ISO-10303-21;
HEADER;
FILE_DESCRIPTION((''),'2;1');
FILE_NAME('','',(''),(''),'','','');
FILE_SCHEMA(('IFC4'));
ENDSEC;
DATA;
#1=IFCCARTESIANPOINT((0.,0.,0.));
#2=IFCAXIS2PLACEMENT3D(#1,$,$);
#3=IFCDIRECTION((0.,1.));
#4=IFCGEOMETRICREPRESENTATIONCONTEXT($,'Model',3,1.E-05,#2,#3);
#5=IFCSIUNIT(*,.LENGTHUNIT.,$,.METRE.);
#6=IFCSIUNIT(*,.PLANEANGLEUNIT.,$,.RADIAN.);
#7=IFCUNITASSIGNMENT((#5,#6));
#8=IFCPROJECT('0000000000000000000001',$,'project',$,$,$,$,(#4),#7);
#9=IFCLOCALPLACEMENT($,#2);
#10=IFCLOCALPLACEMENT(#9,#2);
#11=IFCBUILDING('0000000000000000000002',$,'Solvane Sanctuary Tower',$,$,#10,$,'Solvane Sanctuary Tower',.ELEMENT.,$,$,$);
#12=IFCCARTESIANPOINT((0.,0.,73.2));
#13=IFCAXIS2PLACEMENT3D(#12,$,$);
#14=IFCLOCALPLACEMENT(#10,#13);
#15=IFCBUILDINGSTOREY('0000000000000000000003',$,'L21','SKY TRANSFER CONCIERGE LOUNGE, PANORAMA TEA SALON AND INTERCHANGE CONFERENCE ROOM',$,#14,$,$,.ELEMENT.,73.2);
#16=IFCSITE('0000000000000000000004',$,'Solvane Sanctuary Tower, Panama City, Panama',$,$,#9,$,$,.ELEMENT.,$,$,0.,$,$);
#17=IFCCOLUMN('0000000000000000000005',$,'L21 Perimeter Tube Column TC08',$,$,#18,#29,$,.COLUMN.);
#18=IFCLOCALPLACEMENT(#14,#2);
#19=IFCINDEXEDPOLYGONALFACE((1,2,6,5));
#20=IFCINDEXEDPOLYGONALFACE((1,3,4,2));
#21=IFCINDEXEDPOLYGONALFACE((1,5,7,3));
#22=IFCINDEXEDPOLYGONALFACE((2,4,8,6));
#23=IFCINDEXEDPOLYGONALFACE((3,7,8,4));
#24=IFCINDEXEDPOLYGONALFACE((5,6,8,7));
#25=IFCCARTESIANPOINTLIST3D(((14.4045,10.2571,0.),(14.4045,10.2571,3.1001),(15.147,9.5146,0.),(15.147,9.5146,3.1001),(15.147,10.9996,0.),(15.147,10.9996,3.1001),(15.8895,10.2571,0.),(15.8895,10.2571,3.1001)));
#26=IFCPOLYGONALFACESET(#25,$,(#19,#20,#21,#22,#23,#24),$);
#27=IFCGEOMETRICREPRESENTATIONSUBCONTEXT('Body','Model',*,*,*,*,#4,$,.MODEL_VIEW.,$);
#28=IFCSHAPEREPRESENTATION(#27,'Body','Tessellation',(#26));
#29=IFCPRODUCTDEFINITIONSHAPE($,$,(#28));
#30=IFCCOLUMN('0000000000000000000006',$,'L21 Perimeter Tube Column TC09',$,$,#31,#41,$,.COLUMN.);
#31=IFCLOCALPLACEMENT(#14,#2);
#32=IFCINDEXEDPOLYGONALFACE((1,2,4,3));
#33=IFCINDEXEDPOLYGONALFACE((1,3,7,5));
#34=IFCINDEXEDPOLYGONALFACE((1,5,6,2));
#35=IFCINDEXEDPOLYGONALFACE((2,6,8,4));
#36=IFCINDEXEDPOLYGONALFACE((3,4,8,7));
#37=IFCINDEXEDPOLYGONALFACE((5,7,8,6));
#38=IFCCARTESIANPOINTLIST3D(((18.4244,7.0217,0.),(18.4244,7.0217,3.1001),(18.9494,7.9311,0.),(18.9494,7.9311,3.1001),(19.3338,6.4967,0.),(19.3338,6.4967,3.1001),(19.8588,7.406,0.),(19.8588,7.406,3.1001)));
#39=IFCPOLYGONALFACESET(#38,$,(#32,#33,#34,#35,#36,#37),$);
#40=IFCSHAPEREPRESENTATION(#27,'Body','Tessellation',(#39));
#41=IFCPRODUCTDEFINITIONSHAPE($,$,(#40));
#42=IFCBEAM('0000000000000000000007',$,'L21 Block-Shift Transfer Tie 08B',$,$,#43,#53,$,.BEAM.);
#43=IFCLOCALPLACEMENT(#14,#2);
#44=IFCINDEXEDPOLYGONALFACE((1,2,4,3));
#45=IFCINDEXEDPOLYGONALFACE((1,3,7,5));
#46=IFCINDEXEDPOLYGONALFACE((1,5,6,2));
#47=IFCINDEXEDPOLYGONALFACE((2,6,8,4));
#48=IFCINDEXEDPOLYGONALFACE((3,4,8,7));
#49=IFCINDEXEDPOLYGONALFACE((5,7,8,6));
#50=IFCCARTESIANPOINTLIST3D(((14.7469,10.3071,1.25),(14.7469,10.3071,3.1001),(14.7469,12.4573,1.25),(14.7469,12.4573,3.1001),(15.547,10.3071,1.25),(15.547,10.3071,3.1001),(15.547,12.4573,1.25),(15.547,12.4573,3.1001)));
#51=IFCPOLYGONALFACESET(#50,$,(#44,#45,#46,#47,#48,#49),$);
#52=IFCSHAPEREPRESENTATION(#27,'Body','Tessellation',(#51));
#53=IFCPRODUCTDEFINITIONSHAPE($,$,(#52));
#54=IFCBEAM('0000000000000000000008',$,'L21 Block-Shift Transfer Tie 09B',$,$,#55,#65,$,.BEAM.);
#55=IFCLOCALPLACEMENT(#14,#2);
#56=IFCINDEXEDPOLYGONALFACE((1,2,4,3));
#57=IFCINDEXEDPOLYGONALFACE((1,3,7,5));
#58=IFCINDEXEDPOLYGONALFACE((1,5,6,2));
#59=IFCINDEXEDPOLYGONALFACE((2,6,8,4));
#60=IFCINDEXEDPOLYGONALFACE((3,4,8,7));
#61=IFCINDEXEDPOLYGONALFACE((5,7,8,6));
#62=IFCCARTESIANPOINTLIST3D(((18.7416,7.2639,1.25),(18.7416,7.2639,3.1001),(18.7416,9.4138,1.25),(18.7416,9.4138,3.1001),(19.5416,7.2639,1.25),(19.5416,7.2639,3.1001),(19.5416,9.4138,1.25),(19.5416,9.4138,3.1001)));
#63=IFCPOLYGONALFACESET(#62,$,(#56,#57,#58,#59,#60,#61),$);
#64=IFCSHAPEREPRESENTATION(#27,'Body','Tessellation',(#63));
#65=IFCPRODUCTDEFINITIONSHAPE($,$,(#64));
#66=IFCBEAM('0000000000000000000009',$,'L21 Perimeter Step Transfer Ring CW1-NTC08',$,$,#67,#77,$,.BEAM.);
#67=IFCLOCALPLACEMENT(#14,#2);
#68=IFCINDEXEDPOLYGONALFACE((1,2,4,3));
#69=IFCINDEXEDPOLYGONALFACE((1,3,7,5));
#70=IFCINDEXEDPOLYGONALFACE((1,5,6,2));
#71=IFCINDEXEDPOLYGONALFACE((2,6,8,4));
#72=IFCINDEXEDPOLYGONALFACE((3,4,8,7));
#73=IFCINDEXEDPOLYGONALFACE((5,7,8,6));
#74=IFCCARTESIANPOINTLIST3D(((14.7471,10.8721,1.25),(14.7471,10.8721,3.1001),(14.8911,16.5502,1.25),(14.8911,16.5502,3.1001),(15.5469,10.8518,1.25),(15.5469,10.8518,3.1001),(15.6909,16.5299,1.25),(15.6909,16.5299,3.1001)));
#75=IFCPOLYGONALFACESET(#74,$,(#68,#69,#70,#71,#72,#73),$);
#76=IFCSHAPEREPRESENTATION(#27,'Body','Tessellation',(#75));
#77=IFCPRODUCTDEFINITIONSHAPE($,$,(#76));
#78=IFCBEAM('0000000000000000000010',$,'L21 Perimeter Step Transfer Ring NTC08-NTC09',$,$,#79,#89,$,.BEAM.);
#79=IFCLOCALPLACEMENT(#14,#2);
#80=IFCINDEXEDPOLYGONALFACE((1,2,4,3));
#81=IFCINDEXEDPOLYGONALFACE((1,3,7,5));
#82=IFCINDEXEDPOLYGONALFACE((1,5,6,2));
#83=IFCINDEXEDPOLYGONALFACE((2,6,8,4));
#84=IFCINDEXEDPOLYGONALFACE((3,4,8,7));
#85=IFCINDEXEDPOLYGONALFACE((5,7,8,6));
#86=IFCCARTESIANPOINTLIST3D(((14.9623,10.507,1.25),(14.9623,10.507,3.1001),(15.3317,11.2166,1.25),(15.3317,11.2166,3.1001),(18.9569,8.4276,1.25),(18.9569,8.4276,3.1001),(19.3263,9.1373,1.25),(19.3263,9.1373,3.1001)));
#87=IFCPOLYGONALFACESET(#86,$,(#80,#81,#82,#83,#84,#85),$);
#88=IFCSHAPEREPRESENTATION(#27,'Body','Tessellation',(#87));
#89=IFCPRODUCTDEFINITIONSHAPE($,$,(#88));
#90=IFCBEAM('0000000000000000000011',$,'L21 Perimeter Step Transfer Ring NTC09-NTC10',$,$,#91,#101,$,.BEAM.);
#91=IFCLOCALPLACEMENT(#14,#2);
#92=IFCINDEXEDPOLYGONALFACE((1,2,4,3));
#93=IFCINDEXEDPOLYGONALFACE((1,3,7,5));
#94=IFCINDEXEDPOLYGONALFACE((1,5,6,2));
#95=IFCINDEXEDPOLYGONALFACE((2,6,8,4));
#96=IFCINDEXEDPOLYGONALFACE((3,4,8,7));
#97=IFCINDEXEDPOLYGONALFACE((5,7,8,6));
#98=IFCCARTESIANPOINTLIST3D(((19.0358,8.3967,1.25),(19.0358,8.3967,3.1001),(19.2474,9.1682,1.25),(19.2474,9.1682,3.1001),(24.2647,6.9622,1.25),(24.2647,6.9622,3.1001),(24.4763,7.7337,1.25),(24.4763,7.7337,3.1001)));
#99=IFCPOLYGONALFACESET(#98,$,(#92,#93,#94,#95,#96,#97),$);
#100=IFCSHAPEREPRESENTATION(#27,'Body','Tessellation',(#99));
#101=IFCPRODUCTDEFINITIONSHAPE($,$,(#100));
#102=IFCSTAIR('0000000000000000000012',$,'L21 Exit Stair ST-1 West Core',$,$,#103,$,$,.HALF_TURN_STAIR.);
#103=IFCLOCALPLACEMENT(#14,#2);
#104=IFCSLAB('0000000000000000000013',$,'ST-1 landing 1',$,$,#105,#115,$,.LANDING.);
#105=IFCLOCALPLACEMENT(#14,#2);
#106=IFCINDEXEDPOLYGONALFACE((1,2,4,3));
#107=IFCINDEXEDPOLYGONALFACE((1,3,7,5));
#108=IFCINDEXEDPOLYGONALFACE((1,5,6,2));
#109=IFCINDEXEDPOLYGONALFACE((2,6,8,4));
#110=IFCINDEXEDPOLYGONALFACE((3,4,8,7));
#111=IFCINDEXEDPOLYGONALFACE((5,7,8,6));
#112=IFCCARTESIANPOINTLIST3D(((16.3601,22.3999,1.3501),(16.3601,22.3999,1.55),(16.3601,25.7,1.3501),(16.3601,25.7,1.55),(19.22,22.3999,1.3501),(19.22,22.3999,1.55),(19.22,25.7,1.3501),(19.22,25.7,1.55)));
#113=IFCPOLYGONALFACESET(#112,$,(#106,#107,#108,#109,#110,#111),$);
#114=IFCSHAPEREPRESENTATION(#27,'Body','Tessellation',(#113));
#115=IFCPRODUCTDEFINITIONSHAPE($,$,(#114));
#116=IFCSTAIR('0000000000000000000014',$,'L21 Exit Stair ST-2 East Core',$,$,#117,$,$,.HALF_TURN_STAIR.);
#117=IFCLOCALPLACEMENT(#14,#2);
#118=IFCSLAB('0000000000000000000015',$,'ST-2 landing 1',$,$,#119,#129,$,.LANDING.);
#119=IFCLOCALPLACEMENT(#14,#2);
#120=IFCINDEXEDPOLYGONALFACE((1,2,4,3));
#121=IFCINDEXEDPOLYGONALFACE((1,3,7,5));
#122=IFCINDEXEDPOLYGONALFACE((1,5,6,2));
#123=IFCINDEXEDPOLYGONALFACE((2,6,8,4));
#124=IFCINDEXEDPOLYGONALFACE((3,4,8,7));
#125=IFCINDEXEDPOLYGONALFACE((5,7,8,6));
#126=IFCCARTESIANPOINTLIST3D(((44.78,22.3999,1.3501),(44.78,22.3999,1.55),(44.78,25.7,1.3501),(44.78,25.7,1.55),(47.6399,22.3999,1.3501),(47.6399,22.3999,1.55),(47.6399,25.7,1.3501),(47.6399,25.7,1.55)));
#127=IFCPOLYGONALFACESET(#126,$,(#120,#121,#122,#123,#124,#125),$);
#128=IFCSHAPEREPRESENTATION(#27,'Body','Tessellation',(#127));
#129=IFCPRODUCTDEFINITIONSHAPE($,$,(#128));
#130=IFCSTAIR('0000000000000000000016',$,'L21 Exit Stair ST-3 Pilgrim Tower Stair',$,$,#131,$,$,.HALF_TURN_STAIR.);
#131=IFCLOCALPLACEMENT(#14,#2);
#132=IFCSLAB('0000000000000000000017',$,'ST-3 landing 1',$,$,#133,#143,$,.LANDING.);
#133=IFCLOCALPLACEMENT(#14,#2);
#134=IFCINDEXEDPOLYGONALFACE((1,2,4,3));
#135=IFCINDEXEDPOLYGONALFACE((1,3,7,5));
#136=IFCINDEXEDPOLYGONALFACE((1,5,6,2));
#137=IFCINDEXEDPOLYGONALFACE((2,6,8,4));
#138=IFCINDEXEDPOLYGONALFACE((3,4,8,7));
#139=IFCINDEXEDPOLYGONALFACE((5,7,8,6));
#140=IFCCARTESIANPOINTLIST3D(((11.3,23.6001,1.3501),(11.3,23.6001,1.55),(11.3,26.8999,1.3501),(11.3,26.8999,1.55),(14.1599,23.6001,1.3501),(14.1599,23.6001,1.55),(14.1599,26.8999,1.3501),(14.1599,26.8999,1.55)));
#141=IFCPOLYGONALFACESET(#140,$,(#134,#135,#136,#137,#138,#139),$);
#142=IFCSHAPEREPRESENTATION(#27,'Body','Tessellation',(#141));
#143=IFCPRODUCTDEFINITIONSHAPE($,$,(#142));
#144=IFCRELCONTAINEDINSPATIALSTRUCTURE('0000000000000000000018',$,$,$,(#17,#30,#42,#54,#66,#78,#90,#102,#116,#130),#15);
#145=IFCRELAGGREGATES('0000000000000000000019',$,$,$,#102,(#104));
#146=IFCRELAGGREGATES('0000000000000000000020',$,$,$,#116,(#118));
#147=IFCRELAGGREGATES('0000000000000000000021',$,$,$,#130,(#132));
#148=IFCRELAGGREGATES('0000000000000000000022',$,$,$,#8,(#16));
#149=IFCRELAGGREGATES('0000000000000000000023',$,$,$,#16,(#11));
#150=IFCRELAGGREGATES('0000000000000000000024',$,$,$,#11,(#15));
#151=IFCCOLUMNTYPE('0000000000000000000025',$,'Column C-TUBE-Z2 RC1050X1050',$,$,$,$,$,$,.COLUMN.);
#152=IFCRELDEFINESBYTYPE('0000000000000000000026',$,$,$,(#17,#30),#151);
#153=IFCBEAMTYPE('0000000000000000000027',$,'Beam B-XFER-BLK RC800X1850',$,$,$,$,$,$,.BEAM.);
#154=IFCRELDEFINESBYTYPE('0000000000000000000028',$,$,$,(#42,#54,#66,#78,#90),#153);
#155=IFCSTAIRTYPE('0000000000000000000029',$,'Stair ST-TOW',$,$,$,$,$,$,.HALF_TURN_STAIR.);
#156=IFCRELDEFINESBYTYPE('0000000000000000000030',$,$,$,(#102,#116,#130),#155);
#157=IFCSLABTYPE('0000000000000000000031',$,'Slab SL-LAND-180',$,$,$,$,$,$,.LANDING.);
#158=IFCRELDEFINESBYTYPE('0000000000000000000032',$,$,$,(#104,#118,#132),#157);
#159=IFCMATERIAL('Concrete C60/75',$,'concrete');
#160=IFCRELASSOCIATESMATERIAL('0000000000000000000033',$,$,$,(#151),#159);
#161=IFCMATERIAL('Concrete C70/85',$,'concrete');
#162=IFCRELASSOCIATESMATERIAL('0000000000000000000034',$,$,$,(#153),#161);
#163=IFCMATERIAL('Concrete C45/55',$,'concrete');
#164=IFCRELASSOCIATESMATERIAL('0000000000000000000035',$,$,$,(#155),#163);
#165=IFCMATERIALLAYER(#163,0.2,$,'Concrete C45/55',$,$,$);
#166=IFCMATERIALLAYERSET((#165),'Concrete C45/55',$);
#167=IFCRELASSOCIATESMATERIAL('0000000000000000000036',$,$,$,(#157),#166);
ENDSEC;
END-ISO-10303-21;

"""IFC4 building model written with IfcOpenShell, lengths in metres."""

from ifc_helpers import new_model, si_unit, direction, frame, origin, origin_2d, place, context, subcontext, project, spatial, polyline, rectangle, outline, extrude, material, layer, layer_set, material_profile, profile_set, type_object, element, aggregate, save


model = new_model("IFC4")

# Units and contexts
model_context = context("Model", 3, precision=1e-05, world=origin(), true_north=direction((0.0, 1.0)))
body_context = subcontext(model_context, "Body", "Model", "MODEL_VIEW")
ifc_project = project(units=[si_unit("LENGTHUNIT", "METRE"), si_unit("PLANEANGLEUNIT", "RADIAN")], contexts=[model_context])

# Site, building, storey
site_placement = place(None, origin())
site = spatial("IfcSite", under=ifc_project, at=site_placement, Name="Solvane Sanctuary Tower, Panama City, Panama", CompositionType="ELEMENT", RefElevation=0.0)
building_placement = place(site_placement, origin())
building = spatial("IfcBuilding", under=site, at=building_placement, Name="Solvane Sanctuary Tower", LongName="Solvane Sanctuary Tower", CompositionType="ELEMENT")
storey_placement = place(building_placement, frame((0.0, 0.0, 73.2)))
storey = spatial("IfcBuildingStorey", under=building, at=storey_placement, Name="L21", Description="SKY TRANSFER CONCIERGE LOUNGE, PANORAMA TEA SALON AND INTERCHANGE CONFERENCE ROOM", CompositionType="ELEMENT", Elevation=73.2)

# Columns
ifc_material_1 = material(Name="Concrete C60/75", Category="concrete")
ifc_material_profile_1 = material_profile(ifc_material_1, rectangle(XDim=1.05, YDim=1.05, at=origin_2d()), Name="RC1050X1050")
ifc_profile_set_1 = profile_set([ifc_material_profile_1], Name="Concrete C60/75")
column_type = type_object("IfcColumnType", Name="Column C-TUBE-Z2 RC1050X1050", PredefinedType="COLUMN", material=ifc_profile_set_1)
for number, where, z_axis, x_axis, name in (
    (1, (15.147, 10.2571, 0.0), (0.0, 0.0, 1.0), (-0.707107, -0.707107, 0.0), "L21 Perimeter Tube Column TC08"),
    (2, (19.1416, 7.2139, 0.0), (0.0, 0.0, 1.0), (-0.5, -0.866025, 0.0), "L21 Perimeter Tube Column TC09"),
):
    element("IfcColumn", number, at=place(storey_placement, frame(where, z_axis=z_axis, x_axis=x_axis)), inside=storey, type_object=column_type, Name=name, PredefinedType="COLUMN", context=body_context, shape_type="SweptSolid", body=[
        extrude(rectangle(XDim=1.05, YDim=1.05, at=origin_2d()), origin(), (0.0, 0.0, 1.0), 3.1001),
    ])

# Beams
ifc_material_2 = material(Name="Concrete C70/85", Category="concrete")
ifc_material_profile_2 = material_profile(ifc_material_2, rectangle(XDim=0.8, YDim=1.8501, at=origin_2d()), Name="RC800X1850")
ifc_profile_set_2 = profile_set([ifc_material_profile_2], Name="Concrete C70/85")
beam_type = type_object("IfcBeamType", Name="Beam B-XFER-BLK RC800X1850", PredefinedType="BEAM", material=ifc_profile_set_2)
beam_1_placement = place(storey_placement, frame((15.147, 10.3071, 2.175), z_axis=(0.0, 1.0, 0.0), x_axis=(-1.0, 0.0, 0.0)))
element("IfcBeam", 3, at=beam_1_placement, inside=storey, type_object=beam_type, Name="L21 Block-Shift Transfer Tie 08B", PredefinedType="BEAM", context=body_context, shape_type="SweptSolid", body=[
    extrude(rectangle(XDim=0.8, YDim=1.8501, at=origin_2d()), origin(), (0.0, 0.0, 1.0), 2.1501),
])
beam_2_placement = place(storey_placement, frame((19.1416, 7.2639, 2.175), z_axis=(0.0, 1.0, 0.0), x_axis=(-1.0, 0.0, 0.0)))
element("IfcBeam", 4, at=beam_2_placement, inside=storey, type_object=beam_type, Name="L21 Block-Shift Transfer Tie 09B", PredefinedType="BEAM", context=body_context, shape_type="SweptSolid", body=[
    extrude(rectangle(XDim=0.8, YDim=1.8501, at=origin_2d()), origin(), (0.0, 0.0, 1.0), 2.1499),
])
beam_3_placement = place(storey_placement, frame((15.291, 16.54, 2.175), z_axis=(-0.025359, -0.999678, 0.0), x_axis=(0.999678, -0.025359, 0.0)))
element("IfcBeam", 5, at=beam_3_placement, inside=storey, type_object=beam_type, Name="L21 Perimeter Step Transfer Ring CW1-NTC08", PredefinedType="BEAM", context=body_context, shape_type="SweptSolid", body=[
    extrude(rectangle(XDim=0.8, YDim=1.8501, at=origin_2d()), origin(), (0.0, 0.0, 1.0), 5.6799),
])
beam_4_placement = place(storey_placement, frame((15.147, 10.8618, 2.175), z_axis=(0.887022, -0.461727, 0.0), x_axis=(0.461727, 0.887022, 0.0)))
element("IfcBeam", 6, at=beam_4_placement, inside=storey, type_object=beam_type, Name="L21 Perimeter Step Transfer Ring NTC08-NTC09", PredefinedType="BEAM", context=body_context, shape_type="SweptSolid", body=[
    extrude(rectangle(XDim=0.8, YDim=1.8501, at=origin_2d()), origin(), (0.0, 0.0, 1.0), 4.5034),
])
beam_5_placement = place(storey_placement, frame((19.1416, 8.7825, 2.175), z_axis=(0.964366, -0.264572, 0.0), x_axis=(0.264572, 0.964366, 0.0)))
element("IfcBeam", 7, at=beam_5_placement, inside=storey, type_object=beam_type, Name="L21 Perimeter Step Transfer Ring NTC09-NTC10", PredefinedType="BEAM", context=body_context, shape_type="SweptSolid", body=[
    extrude(rectangle(XDim=0.8, YDim=1.8501, at=origin_2d()), origin(), (0.0, 0.0, 1.0), 5.4221),
])

# Stairs, slabs
ifc_material_3 = material(Name="Concrete C45/55", Category="concrete")
stair_type = type_object("IfcStairType", Name="Stair ST-TOW", PredefinedType="HALF_TURN_STAIR", material=ifc_material_3)
stair_1_placement = place(storey_placement, origin())
stair_1 = element("IfcStair", 8, at=stair_1_placement, inside=storey, type_object=stair_type, Name="L21 Exit Stair ST-1 West Core", PredefinedType="HALF_TURN_STAIR")
ifc_layer_1 = layer(ifc_material_3, 0.2, Name="Concrete C45/55")
ifc_layer_set_1 = layer_set([ifc_layer_1], Name="Concrete C45/55")
slab_type_1 = type_object("IfcSlabType", Name="Slab SL-LAND-180", PredefinedType="LANDING", material=ifc_layer_set_1)
slab_1_placement = place(storey_placement, frame((0.0, 0.0, 1.3501)))
slab_1 = element("IfcSlab", 9, at=slab_1_placement, type_object=slab_type_1, Name="ST-1 landing 1", PredefinedType="LANDING", context=body_context, shape_type="SweptSolid", body=[
    extrude(outline(polyline([(19.22, 22.3999), (19.22, 25.7), (16.3601, 25.7), (16.3601, 22.3999), (19.22, 22.3999)])), origin(), (0.0, 0.0, 1.0), 0.2),
])
aggregate(stair_1, [slab_1])
stair_2_placement = place(storey_placement, origin())
stair_2 = element("IfcStair", 10, at=stair_2_placement, inside=storey, type_object=stair_type, Name="L21 Exit Stair ST-2 East Core", PredefinedType="HALF_TURN_STAIR")
slab_2_placement = place(storey_placement, frame((0.0, 0.0, 1.3501)))
slab_2 = element("IfcSlab", 11, at=slab_2_placement, type_object=slab_type_1, Name="ST-2 landing 1", PredefinedType="LANDING", context=body_context, shape_type="SweptSolid", body=[
    extrude(outline(polyline([(47.6399, 22.3999), (47.6399, 25.7), (44.78, 25.7), (44.78, 22.3999), (47.6399, 22.3999)])), origin(), (0.0, 0.0, 1.0), 0.2),
])
aggregate(stair_2, [slab_2])
stair_3_placement = place(storey_placement, origin())
stair_3 = element("IfcStair", 12, at=stair_3_placement, inside=storey, type_object=stair_type, Name="L21 Exit Stair ST-3 Pilgrim Tower Stair", PredefinedType="HALF_TURN_STAIR")
slab_3_placement = place(storey_placement, frame((0.0, 0.0, 1.3501)))
slab_3 = element("IfcSlab", 13, at=slab_3_placement, type_object=slab_type_1, Name="ST-3 landing 1", PredefinedType="LANDING", context=body_context, shape_type="SweptSolid", body=[
    extrude(outline(polyline([(14.1599, 23.6001), (14.1599, 26.8999), (11.3, 26.8999), (11.3, 23.6001), (14.1599, 23.6001)])), origin(), (0.0, 0.0, 1.0), 0.2),
])
aggregate(stair_3, [slab_3])

save(model, "model.ifc")
